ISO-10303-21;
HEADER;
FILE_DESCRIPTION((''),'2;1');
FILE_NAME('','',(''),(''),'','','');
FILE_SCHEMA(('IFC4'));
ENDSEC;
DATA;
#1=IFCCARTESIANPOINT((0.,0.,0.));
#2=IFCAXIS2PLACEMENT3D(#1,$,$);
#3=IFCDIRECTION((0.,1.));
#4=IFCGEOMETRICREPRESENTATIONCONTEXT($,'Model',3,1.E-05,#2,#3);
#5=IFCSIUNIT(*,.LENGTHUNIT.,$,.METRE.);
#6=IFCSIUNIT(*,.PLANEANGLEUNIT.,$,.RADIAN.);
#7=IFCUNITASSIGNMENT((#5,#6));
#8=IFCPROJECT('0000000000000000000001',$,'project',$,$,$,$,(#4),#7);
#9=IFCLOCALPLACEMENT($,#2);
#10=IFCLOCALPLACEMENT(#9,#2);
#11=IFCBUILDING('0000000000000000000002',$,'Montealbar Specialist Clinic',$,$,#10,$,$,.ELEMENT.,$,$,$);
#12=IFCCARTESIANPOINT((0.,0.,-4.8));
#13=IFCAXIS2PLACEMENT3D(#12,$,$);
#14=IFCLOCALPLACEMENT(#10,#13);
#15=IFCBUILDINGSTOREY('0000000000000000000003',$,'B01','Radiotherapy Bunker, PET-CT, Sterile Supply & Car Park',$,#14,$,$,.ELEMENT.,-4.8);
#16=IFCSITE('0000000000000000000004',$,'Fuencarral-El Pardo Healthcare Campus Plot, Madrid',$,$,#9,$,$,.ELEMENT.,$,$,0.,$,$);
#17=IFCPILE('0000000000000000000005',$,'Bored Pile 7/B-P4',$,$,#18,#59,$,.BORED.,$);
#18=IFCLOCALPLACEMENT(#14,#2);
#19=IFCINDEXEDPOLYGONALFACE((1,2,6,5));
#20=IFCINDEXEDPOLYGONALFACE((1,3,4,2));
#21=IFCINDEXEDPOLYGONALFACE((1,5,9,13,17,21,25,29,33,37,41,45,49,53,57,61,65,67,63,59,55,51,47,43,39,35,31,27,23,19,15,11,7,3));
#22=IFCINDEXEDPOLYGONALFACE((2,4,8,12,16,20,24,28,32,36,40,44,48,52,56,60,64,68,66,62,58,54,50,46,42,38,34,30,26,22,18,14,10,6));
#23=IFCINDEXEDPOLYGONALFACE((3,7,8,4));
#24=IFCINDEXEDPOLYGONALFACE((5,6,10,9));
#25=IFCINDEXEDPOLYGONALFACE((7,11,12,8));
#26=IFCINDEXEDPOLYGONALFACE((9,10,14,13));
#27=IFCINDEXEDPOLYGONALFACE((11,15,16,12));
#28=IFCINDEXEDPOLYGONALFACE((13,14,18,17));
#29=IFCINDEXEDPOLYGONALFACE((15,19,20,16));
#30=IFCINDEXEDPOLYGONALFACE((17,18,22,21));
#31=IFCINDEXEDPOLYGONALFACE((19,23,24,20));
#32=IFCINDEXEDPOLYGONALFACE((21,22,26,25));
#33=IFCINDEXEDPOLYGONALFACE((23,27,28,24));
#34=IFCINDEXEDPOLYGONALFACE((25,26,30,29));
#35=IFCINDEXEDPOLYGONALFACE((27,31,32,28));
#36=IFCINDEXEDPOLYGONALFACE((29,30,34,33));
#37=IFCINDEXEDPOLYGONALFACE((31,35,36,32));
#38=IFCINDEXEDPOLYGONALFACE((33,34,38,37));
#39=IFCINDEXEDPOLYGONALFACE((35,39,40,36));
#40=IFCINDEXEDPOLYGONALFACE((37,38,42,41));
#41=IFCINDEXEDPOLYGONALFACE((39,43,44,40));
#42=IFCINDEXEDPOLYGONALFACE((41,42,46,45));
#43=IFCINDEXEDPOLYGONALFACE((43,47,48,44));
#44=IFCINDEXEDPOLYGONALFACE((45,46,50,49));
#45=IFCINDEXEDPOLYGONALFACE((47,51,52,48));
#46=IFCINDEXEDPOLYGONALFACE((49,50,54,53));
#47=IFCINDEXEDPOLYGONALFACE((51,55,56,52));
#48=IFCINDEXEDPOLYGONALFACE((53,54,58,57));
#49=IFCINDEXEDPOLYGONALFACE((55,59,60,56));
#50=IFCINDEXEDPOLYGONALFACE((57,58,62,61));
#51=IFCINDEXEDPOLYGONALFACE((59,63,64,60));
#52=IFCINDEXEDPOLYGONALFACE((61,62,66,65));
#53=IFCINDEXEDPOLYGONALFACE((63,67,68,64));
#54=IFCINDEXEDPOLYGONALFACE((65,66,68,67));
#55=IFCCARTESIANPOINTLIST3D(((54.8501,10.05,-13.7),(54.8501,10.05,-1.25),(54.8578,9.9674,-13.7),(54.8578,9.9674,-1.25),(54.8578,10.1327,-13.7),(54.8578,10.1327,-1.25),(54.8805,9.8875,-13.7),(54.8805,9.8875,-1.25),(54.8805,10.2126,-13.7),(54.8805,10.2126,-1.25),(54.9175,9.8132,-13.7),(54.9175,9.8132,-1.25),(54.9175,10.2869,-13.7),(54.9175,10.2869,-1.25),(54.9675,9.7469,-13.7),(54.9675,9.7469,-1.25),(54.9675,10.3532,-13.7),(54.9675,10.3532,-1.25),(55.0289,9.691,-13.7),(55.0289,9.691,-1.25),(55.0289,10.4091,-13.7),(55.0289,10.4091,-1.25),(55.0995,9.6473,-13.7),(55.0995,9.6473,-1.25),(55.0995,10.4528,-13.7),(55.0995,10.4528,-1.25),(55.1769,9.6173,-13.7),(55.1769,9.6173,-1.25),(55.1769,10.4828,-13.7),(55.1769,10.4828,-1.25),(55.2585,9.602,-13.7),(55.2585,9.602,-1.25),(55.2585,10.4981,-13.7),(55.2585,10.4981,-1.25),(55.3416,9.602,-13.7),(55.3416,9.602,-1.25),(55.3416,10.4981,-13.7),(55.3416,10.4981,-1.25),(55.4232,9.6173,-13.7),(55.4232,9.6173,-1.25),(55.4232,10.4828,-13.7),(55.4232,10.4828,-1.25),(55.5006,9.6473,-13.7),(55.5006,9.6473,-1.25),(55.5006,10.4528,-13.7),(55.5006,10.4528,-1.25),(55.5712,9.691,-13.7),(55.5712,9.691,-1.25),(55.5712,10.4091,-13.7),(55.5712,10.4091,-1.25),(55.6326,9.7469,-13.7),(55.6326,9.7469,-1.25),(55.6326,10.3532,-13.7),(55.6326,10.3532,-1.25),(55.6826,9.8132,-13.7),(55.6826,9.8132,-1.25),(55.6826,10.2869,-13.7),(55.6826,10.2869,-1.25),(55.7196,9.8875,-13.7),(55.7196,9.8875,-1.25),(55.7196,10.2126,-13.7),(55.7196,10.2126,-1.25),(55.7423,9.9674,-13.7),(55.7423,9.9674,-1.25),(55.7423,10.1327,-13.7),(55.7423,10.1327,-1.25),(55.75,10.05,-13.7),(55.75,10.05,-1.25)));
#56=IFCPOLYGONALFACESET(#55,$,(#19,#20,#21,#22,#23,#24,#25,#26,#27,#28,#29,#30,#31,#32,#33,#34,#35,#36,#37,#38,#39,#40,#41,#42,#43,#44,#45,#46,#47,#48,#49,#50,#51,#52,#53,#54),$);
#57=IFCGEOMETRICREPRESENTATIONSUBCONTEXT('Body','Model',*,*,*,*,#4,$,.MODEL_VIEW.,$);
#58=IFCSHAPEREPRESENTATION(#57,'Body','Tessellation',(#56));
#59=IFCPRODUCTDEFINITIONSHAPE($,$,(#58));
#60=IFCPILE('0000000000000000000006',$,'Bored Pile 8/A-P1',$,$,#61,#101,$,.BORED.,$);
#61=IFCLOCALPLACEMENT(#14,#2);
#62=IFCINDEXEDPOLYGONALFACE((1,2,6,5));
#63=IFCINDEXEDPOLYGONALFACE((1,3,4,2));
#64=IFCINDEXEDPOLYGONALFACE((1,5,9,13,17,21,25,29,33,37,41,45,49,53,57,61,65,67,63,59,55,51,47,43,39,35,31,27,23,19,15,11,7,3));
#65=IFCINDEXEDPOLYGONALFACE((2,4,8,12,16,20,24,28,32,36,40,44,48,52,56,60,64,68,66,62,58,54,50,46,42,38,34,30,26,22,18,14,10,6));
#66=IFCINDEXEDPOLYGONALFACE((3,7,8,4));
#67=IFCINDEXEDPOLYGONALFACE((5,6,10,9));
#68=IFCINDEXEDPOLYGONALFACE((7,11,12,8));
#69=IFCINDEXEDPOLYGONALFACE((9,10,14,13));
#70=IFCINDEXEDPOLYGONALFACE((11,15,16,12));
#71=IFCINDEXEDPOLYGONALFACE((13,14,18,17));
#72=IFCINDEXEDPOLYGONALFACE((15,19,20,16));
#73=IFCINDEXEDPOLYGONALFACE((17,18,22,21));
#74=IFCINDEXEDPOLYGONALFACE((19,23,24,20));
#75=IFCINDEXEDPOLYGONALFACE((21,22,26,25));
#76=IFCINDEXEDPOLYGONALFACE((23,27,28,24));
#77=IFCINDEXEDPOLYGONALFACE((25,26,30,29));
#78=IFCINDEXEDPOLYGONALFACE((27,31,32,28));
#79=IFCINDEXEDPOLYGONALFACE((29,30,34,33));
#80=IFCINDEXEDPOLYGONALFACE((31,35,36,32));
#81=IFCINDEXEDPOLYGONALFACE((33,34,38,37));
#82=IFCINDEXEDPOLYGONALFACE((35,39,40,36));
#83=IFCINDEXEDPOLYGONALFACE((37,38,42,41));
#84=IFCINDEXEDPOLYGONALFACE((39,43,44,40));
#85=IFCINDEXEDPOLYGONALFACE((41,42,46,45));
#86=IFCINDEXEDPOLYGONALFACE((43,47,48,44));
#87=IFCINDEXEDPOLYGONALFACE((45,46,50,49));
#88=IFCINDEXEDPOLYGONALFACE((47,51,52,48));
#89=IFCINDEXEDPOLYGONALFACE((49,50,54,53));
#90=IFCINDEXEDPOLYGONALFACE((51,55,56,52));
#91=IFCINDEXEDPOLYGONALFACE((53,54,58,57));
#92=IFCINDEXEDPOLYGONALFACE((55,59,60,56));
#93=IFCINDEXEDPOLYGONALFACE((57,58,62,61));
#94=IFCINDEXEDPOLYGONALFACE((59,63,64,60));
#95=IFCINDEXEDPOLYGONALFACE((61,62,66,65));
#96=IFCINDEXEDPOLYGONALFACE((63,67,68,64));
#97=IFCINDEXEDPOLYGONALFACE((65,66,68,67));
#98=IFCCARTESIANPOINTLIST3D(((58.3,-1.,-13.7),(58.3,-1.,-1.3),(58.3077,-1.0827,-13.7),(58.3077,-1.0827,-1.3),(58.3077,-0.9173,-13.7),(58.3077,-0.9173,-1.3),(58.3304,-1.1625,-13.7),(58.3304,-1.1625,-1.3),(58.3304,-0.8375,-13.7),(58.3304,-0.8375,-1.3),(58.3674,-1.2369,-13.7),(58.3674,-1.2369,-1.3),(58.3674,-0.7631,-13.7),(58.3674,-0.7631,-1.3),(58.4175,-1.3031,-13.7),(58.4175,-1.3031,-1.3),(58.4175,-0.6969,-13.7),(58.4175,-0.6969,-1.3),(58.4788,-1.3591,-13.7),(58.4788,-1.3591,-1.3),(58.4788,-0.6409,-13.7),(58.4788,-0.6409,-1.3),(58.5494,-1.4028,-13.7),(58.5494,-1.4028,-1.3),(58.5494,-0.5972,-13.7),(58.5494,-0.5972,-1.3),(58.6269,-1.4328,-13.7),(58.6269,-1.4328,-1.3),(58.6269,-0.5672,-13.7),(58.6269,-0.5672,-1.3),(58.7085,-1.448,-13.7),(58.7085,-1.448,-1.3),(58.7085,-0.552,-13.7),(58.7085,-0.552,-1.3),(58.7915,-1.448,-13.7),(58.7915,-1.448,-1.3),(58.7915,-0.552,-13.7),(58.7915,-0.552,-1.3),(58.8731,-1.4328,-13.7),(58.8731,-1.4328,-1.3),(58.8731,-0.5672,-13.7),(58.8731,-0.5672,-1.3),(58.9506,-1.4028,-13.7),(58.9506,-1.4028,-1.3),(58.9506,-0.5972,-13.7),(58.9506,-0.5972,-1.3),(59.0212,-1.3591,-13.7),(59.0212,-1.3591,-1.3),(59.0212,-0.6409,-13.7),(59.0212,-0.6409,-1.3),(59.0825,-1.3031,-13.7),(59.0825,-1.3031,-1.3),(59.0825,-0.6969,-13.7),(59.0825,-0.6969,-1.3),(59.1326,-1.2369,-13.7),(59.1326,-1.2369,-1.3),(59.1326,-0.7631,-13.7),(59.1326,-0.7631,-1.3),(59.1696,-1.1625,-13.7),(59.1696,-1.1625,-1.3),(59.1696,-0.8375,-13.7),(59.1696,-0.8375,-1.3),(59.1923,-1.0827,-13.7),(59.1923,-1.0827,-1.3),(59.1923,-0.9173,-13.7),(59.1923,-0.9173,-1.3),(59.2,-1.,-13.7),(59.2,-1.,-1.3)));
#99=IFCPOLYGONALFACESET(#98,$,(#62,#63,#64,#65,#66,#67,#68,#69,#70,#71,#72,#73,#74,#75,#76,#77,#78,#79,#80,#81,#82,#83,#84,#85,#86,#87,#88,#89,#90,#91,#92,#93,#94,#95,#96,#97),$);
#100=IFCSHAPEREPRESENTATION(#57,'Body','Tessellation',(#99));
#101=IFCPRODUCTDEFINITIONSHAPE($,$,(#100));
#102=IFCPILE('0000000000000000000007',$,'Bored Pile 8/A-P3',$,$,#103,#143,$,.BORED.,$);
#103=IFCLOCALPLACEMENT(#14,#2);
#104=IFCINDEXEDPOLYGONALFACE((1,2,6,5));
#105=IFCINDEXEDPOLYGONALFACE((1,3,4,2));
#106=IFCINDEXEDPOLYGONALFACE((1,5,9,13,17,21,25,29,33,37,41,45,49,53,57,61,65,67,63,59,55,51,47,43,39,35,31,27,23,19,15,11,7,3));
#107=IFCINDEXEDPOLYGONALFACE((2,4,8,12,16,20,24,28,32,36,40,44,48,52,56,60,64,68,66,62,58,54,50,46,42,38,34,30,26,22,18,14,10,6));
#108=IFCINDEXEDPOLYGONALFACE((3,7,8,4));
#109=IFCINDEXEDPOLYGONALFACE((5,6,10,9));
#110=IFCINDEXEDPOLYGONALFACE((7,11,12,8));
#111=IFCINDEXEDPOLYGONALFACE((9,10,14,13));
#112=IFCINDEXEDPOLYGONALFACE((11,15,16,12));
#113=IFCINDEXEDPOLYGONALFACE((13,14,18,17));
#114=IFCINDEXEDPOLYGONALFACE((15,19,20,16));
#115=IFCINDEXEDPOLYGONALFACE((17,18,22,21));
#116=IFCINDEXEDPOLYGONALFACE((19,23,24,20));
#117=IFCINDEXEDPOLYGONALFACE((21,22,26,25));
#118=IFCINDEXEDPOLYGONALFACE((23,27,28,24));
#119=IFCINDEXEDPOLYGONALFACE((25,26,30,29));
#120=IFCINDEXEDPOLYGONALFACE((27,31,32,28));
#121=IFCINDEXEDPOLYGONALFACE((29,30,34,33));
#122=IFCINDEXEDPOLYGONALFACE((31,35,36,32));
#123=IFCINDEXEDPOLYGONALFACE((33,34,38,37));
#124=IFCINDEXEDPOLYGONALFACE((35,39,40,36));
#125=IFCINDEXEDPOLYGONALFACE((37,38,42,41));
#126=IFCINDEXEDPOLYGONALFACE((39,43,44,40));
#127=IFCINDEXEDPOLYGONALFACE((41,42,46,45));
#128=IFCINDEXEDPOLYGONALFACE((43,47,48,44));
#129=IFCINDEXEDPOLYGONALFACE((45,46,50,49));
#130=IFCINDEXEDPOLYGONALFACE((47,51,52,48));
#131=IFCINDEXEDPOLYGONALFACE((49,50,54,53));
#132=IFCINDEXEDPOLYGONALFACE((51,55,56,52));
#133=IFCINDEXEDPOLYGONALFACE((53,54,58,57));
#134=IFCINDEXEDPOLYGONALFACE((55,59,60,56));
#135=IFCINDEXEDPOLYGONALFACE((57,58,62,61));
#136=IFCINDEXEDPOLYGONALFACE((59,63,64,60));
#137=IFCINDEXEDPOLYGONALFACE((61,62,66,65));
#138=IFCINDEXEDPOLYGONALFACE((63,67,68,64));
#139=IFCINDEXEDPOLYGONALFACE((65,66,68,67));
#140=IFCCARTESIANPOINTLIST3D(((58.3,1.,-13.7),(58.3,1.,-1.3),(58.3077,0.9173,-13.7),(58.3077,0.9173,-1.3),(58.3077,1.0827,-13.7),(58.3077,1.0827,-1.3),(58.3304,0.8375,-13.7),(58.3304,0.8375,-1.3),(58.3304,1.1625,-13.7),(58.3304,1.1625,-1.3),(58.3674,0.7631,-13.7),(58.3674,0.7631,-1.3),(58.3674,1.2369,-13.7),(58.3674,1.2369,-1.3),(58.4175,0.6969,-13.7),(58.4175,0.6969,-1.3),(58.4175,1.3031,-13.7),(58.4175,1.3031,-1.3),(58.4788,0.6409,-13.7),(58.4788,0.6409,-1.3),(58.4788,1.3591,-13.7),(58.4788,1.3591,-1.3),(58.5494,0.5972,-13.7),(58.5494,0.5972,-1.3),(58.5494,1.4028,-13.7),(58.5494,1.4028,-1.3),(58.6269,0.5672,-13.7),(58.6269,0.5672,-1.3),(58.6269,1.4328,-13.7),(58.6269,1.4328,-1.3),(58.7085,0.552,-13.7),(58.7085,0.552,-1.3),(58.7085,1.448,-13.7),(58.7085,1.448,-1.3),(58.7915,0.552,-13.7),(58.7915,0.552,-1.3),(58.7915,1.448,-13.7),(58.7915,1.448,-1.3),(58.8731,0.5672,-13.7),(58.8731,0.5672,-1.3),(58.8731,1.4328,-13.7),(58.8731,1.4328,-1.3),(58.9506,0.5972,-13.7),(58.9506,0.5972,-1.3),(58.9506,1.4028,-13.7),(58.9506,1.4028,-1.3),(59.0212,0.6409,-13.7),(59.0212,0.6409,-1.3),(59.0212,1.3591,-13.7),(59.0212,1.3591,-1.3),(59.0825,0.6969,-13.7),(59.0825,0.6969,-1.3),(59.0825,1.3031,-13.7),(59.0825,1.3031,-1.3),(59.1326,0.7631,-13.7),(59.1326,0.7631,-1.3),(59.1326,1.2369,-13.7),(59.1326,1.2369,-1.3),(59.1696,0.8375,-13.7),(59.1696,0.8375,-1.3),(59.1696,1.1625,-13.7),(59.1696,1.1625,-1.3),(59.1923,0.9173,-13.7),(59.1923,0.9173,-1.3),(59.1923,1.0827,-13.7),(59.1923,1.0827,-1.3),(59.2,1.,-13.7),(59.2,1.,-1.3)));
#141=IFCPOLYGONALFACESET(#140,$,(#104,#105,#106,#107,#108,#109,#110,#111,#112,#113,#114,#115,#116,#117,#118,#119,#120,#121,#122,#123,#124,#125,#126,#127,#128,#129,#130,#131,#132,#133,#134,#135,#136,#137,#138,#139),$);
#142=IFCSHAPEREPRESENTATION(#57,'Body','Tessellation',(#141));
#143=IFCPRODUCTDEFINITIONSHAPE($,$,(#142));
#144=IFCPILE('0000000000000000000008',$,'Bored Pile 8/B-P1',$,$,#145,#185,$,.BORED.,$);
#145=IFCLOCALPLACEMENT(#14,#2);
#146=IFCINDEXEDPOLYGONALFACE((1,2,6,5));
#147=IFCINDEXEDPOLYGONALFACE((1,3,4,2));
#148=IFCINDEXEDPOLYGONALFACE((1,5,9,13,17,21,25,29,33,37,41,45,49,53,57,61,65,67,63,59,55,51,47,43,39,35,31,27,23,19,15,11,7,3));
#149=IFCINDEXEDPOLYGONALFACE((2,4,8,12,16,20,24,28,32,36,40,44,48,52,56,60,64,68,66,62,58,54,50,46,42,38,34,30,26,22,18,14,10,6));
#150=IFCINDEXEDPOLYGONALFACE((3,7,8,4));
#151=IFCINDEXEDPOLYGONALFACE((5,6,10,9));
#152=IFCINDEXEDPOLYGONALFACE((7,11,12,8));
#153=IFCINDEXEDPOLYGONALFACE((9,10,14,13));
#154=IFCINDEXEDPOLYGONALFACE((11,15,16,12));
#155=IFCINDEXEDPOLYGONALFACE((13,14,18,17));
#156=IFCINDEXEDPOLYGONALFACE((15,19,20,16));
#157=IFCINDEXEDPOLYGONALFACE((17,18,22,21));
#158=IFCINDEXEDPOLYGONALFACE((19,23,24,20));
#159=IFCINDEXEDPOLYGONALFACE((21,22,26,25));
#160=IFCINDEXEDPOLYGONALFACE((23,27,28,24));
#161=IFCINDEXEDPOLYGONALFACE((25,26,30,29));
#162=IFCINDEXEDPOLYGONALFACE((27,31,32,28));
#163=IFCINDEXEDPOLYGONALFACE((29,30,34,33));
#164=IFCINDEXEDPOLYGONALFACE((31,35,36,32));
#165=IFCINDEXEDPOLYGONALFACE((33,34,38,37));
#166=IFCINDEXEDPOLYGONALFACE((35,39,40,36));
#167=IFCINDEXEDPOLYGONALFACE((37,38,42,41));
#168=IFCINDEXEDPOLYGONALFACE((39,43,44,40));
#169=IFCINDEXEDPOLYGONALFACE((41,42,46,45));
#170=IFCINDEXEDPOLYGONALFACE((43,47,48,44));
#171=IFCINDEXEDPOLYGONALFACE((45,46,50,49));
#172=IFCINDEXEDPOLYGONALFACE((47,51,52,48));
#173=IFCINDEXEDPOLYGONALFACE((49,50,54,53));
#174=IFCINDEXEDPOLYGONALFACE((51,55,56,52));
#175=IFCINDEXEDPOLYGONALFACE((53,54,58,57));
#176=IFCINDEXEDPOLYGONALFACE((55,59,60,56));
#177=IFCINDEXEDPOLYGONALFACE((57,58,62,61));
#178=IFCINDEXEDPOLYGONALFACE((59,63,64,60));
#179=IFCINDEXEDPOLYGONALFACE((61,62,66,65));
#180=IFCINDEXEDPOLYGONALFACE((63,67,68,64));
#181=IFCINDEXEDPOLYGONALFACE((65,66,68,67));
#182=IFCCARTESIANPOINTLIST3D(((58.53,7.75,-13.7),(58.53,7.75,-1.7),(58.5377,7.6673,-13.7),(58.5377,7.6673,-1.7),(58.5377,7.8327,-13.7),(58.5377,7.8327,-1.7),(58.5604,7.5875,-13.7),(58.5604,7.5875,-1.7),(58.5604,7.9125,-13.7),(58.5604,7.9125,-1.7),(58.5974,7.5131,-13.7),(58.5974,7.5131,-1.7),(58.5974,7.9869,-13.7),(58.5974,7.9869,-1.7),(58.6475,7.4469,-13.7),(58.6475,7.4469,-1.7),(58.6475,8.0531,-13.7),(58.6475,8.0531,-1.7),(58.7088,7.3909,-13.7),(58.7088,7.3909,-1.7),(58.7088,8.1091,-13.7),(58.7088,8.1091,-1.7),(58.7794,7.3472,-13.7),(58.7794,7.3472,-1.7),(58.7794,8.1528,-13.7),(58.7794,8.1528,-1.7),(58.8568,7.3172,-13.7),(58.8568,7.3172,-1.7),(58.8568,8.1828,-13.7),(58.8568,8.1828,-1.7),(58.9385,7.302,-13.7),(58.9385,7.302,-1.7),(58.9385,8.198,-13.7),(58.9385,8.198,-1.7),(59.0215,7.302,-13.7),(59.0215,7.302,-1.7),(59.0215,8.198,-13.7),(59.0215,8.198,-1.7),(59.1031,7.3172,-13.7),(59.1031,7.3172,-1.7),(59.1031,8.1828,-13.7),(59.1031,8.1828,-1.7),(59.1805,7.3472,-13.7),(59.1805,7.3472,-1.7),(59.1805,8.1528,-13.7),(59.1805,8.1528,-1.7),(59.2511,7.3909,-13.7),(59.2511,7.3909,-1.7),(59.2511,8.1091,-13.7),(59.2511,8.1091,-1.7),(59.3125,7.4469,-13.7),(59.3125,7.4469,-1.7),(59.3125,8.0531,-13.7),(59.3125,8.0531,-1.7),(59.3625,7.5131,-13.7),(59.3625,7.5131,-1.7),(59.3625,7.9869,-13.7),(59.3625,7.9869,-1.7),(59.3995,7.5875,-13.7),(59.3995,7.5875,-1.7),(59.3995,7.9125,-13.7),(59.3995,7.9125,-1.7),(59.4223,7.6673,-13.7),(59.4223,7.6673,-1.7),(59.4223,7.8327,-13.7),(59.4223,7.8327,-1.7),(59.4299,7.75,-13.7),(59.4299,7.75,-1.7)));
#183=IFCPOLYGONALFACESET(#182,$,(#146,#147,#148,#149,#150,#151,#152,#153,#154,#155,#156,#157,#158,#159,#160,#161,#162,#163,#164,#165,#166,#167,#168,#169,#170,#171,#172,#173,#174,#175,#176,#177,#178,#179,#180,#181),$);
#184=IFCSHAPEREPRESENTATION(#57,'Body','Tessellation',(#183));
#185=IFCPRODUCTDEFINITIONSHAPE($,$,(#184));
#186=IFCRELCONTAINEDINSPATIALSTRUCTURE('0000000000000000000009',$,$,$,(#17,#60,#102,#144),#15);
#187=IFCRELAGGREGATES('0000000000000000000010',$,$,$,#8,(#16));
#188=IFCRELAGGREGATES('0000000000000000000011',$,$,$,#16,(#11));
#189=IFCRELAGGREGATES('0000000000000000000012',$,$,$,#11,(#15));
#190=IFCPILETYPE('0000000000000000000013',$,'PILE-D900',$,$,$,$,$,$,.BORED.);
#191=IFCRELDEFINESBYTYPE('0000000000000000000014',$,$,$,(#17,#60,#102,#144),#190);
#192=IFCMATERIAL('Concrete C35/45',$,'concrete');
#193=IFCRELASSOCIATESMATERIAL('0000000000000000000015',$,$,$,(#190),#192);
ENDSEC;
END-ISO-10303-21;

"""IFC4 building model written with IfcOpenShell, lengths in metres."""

from ifc_helpers import new_model, si_unit, direction, frame, origin, origin_2d, place, context, subcontext, project, spatial, circle, extrude, material, material_profile, profile_set, type_object, element, save


model = new_model("IFC4")

# Units and contexts
model_context = context("Model", 3, precision=1e-05, world=origin(), true_north=direction((0.0, 1.0)))
body_context = subcontext(model_context, "Body", "Model", "MODEL_VIEW")
ifc_project = project(units=[si_unit("LENGTHUNIT", "METRE"), si_unit("PLANEANGLEUNIT", "RADIAN")], contexts=[model_context])

# Site, building, storey
site_placement = place(None, origin())
site = spatial("IfcSite", under=ifc_project, at=site_placement, Name="Fuencarral-El Pardo Healthcare Campus Plot, Madrid", CompositionType="ELEMENT", RefElevation=0.0)
building_placement = place(site_placement, origin())
building = spatial("IfcBuilding", under=site, at=building_placement, Name="Montealbar Specialist Clinic", CompositionType="ELEMENT")
storey_placement = place(building_placement, frame((0.0, 0.0, -4.8)))
storey = spatial("IfcBuildingStorey", under=building, at=storey_placement, Name="B01", Description="Radiotherapy Bunker, PET-CT, Sterile Supply & Car Park", CompositionType="ELEMENT", Elevation=-4.8)

# Shared definitions
ifc_material_1 = material(Name="Concrete C35/45", Category="concrete")

# Piles
ifc_material_profile_1 = material_profile(ifc_material_1, circle(Radius=0.45, at=origin_2d()), Name="PILE D900", Category="concrete")
ifc_profile_set_1 = profile_set([ifc_material_profile_1], Name="Concrete C35/45")
pile_type = type_object("IfcPileType", Name="PILE-D900", PredefinedType="BORED", material=ifc_profile_set_1)
for number, where, z_axis, x_axis, name in (
    (1, (55.3, 10.05, -1.25), (0.0, 0.0, -1.0), (1.0, 0.0, 0.0), "Bored Pile 7/B-P4"),
):
    element("IfcPile", number, at=place(storey_placement, frame(where, z_axis=z_axis, x_axis=x_axis)), inside=storey, type_object=pile_type, Name=name, PredefinedType="BORED", context=body_context, shape_type="SweptSolid", body=[
        extrude(circle(Radius=0.45, at=origin_2d()), origin(), (0.0, 0.0, 1.0), 12.45),
    ])
for number, where, z_axis, x_axis, name in (
    (2, (58.75, -1.0, -1.3), (0.0, 0.0, -1.0), (1.0, 0.0, 0.0), "Bored Pile 8/A-P1"),
    (3, (58.75, 1.0, -1.3), (0.0, 0.0, -1.0), (1.0, 0.0, 0.0), "Bored Pile 8/A-P3"),
):
    element("IfcPile", number, at=place(storey_placement, frame(where, z_axis=z_axis, x_axis=x_axis)), inside=storey, type_object=pile_type, Name=name, PredefinedType="BORED", context=body_context, shape_type="SweptSolid", body=[
        extrude(circle(Radius=0.45, at=origin_2d()), origin(), (0.0, 0.0, 1.0), 12.3999),
    ])
for number, where, z_axis, x_axis, name in (
    (4, (58.98, 7.75, -1.7), (0.0, 0.0, -1.0), (1.0, 0.0, 0.0), "Bored Pile 8/B-P1"),
):
    element("IfcPile", number, at=place(storey_placement, frame(where, z_axis=z_axis, x_axis=x_axis)), inside=storey, type_object=pile_type, Name=name, PredefinedType="BORED", context=body_context, shape_type="SweptSolid", body=[
        extrude(circle(Radius=0.45, at=origin_2d()), origin(), (0.0, 0.0, 1.0), 12.0),
    ])

save(model, "model.ifc")
